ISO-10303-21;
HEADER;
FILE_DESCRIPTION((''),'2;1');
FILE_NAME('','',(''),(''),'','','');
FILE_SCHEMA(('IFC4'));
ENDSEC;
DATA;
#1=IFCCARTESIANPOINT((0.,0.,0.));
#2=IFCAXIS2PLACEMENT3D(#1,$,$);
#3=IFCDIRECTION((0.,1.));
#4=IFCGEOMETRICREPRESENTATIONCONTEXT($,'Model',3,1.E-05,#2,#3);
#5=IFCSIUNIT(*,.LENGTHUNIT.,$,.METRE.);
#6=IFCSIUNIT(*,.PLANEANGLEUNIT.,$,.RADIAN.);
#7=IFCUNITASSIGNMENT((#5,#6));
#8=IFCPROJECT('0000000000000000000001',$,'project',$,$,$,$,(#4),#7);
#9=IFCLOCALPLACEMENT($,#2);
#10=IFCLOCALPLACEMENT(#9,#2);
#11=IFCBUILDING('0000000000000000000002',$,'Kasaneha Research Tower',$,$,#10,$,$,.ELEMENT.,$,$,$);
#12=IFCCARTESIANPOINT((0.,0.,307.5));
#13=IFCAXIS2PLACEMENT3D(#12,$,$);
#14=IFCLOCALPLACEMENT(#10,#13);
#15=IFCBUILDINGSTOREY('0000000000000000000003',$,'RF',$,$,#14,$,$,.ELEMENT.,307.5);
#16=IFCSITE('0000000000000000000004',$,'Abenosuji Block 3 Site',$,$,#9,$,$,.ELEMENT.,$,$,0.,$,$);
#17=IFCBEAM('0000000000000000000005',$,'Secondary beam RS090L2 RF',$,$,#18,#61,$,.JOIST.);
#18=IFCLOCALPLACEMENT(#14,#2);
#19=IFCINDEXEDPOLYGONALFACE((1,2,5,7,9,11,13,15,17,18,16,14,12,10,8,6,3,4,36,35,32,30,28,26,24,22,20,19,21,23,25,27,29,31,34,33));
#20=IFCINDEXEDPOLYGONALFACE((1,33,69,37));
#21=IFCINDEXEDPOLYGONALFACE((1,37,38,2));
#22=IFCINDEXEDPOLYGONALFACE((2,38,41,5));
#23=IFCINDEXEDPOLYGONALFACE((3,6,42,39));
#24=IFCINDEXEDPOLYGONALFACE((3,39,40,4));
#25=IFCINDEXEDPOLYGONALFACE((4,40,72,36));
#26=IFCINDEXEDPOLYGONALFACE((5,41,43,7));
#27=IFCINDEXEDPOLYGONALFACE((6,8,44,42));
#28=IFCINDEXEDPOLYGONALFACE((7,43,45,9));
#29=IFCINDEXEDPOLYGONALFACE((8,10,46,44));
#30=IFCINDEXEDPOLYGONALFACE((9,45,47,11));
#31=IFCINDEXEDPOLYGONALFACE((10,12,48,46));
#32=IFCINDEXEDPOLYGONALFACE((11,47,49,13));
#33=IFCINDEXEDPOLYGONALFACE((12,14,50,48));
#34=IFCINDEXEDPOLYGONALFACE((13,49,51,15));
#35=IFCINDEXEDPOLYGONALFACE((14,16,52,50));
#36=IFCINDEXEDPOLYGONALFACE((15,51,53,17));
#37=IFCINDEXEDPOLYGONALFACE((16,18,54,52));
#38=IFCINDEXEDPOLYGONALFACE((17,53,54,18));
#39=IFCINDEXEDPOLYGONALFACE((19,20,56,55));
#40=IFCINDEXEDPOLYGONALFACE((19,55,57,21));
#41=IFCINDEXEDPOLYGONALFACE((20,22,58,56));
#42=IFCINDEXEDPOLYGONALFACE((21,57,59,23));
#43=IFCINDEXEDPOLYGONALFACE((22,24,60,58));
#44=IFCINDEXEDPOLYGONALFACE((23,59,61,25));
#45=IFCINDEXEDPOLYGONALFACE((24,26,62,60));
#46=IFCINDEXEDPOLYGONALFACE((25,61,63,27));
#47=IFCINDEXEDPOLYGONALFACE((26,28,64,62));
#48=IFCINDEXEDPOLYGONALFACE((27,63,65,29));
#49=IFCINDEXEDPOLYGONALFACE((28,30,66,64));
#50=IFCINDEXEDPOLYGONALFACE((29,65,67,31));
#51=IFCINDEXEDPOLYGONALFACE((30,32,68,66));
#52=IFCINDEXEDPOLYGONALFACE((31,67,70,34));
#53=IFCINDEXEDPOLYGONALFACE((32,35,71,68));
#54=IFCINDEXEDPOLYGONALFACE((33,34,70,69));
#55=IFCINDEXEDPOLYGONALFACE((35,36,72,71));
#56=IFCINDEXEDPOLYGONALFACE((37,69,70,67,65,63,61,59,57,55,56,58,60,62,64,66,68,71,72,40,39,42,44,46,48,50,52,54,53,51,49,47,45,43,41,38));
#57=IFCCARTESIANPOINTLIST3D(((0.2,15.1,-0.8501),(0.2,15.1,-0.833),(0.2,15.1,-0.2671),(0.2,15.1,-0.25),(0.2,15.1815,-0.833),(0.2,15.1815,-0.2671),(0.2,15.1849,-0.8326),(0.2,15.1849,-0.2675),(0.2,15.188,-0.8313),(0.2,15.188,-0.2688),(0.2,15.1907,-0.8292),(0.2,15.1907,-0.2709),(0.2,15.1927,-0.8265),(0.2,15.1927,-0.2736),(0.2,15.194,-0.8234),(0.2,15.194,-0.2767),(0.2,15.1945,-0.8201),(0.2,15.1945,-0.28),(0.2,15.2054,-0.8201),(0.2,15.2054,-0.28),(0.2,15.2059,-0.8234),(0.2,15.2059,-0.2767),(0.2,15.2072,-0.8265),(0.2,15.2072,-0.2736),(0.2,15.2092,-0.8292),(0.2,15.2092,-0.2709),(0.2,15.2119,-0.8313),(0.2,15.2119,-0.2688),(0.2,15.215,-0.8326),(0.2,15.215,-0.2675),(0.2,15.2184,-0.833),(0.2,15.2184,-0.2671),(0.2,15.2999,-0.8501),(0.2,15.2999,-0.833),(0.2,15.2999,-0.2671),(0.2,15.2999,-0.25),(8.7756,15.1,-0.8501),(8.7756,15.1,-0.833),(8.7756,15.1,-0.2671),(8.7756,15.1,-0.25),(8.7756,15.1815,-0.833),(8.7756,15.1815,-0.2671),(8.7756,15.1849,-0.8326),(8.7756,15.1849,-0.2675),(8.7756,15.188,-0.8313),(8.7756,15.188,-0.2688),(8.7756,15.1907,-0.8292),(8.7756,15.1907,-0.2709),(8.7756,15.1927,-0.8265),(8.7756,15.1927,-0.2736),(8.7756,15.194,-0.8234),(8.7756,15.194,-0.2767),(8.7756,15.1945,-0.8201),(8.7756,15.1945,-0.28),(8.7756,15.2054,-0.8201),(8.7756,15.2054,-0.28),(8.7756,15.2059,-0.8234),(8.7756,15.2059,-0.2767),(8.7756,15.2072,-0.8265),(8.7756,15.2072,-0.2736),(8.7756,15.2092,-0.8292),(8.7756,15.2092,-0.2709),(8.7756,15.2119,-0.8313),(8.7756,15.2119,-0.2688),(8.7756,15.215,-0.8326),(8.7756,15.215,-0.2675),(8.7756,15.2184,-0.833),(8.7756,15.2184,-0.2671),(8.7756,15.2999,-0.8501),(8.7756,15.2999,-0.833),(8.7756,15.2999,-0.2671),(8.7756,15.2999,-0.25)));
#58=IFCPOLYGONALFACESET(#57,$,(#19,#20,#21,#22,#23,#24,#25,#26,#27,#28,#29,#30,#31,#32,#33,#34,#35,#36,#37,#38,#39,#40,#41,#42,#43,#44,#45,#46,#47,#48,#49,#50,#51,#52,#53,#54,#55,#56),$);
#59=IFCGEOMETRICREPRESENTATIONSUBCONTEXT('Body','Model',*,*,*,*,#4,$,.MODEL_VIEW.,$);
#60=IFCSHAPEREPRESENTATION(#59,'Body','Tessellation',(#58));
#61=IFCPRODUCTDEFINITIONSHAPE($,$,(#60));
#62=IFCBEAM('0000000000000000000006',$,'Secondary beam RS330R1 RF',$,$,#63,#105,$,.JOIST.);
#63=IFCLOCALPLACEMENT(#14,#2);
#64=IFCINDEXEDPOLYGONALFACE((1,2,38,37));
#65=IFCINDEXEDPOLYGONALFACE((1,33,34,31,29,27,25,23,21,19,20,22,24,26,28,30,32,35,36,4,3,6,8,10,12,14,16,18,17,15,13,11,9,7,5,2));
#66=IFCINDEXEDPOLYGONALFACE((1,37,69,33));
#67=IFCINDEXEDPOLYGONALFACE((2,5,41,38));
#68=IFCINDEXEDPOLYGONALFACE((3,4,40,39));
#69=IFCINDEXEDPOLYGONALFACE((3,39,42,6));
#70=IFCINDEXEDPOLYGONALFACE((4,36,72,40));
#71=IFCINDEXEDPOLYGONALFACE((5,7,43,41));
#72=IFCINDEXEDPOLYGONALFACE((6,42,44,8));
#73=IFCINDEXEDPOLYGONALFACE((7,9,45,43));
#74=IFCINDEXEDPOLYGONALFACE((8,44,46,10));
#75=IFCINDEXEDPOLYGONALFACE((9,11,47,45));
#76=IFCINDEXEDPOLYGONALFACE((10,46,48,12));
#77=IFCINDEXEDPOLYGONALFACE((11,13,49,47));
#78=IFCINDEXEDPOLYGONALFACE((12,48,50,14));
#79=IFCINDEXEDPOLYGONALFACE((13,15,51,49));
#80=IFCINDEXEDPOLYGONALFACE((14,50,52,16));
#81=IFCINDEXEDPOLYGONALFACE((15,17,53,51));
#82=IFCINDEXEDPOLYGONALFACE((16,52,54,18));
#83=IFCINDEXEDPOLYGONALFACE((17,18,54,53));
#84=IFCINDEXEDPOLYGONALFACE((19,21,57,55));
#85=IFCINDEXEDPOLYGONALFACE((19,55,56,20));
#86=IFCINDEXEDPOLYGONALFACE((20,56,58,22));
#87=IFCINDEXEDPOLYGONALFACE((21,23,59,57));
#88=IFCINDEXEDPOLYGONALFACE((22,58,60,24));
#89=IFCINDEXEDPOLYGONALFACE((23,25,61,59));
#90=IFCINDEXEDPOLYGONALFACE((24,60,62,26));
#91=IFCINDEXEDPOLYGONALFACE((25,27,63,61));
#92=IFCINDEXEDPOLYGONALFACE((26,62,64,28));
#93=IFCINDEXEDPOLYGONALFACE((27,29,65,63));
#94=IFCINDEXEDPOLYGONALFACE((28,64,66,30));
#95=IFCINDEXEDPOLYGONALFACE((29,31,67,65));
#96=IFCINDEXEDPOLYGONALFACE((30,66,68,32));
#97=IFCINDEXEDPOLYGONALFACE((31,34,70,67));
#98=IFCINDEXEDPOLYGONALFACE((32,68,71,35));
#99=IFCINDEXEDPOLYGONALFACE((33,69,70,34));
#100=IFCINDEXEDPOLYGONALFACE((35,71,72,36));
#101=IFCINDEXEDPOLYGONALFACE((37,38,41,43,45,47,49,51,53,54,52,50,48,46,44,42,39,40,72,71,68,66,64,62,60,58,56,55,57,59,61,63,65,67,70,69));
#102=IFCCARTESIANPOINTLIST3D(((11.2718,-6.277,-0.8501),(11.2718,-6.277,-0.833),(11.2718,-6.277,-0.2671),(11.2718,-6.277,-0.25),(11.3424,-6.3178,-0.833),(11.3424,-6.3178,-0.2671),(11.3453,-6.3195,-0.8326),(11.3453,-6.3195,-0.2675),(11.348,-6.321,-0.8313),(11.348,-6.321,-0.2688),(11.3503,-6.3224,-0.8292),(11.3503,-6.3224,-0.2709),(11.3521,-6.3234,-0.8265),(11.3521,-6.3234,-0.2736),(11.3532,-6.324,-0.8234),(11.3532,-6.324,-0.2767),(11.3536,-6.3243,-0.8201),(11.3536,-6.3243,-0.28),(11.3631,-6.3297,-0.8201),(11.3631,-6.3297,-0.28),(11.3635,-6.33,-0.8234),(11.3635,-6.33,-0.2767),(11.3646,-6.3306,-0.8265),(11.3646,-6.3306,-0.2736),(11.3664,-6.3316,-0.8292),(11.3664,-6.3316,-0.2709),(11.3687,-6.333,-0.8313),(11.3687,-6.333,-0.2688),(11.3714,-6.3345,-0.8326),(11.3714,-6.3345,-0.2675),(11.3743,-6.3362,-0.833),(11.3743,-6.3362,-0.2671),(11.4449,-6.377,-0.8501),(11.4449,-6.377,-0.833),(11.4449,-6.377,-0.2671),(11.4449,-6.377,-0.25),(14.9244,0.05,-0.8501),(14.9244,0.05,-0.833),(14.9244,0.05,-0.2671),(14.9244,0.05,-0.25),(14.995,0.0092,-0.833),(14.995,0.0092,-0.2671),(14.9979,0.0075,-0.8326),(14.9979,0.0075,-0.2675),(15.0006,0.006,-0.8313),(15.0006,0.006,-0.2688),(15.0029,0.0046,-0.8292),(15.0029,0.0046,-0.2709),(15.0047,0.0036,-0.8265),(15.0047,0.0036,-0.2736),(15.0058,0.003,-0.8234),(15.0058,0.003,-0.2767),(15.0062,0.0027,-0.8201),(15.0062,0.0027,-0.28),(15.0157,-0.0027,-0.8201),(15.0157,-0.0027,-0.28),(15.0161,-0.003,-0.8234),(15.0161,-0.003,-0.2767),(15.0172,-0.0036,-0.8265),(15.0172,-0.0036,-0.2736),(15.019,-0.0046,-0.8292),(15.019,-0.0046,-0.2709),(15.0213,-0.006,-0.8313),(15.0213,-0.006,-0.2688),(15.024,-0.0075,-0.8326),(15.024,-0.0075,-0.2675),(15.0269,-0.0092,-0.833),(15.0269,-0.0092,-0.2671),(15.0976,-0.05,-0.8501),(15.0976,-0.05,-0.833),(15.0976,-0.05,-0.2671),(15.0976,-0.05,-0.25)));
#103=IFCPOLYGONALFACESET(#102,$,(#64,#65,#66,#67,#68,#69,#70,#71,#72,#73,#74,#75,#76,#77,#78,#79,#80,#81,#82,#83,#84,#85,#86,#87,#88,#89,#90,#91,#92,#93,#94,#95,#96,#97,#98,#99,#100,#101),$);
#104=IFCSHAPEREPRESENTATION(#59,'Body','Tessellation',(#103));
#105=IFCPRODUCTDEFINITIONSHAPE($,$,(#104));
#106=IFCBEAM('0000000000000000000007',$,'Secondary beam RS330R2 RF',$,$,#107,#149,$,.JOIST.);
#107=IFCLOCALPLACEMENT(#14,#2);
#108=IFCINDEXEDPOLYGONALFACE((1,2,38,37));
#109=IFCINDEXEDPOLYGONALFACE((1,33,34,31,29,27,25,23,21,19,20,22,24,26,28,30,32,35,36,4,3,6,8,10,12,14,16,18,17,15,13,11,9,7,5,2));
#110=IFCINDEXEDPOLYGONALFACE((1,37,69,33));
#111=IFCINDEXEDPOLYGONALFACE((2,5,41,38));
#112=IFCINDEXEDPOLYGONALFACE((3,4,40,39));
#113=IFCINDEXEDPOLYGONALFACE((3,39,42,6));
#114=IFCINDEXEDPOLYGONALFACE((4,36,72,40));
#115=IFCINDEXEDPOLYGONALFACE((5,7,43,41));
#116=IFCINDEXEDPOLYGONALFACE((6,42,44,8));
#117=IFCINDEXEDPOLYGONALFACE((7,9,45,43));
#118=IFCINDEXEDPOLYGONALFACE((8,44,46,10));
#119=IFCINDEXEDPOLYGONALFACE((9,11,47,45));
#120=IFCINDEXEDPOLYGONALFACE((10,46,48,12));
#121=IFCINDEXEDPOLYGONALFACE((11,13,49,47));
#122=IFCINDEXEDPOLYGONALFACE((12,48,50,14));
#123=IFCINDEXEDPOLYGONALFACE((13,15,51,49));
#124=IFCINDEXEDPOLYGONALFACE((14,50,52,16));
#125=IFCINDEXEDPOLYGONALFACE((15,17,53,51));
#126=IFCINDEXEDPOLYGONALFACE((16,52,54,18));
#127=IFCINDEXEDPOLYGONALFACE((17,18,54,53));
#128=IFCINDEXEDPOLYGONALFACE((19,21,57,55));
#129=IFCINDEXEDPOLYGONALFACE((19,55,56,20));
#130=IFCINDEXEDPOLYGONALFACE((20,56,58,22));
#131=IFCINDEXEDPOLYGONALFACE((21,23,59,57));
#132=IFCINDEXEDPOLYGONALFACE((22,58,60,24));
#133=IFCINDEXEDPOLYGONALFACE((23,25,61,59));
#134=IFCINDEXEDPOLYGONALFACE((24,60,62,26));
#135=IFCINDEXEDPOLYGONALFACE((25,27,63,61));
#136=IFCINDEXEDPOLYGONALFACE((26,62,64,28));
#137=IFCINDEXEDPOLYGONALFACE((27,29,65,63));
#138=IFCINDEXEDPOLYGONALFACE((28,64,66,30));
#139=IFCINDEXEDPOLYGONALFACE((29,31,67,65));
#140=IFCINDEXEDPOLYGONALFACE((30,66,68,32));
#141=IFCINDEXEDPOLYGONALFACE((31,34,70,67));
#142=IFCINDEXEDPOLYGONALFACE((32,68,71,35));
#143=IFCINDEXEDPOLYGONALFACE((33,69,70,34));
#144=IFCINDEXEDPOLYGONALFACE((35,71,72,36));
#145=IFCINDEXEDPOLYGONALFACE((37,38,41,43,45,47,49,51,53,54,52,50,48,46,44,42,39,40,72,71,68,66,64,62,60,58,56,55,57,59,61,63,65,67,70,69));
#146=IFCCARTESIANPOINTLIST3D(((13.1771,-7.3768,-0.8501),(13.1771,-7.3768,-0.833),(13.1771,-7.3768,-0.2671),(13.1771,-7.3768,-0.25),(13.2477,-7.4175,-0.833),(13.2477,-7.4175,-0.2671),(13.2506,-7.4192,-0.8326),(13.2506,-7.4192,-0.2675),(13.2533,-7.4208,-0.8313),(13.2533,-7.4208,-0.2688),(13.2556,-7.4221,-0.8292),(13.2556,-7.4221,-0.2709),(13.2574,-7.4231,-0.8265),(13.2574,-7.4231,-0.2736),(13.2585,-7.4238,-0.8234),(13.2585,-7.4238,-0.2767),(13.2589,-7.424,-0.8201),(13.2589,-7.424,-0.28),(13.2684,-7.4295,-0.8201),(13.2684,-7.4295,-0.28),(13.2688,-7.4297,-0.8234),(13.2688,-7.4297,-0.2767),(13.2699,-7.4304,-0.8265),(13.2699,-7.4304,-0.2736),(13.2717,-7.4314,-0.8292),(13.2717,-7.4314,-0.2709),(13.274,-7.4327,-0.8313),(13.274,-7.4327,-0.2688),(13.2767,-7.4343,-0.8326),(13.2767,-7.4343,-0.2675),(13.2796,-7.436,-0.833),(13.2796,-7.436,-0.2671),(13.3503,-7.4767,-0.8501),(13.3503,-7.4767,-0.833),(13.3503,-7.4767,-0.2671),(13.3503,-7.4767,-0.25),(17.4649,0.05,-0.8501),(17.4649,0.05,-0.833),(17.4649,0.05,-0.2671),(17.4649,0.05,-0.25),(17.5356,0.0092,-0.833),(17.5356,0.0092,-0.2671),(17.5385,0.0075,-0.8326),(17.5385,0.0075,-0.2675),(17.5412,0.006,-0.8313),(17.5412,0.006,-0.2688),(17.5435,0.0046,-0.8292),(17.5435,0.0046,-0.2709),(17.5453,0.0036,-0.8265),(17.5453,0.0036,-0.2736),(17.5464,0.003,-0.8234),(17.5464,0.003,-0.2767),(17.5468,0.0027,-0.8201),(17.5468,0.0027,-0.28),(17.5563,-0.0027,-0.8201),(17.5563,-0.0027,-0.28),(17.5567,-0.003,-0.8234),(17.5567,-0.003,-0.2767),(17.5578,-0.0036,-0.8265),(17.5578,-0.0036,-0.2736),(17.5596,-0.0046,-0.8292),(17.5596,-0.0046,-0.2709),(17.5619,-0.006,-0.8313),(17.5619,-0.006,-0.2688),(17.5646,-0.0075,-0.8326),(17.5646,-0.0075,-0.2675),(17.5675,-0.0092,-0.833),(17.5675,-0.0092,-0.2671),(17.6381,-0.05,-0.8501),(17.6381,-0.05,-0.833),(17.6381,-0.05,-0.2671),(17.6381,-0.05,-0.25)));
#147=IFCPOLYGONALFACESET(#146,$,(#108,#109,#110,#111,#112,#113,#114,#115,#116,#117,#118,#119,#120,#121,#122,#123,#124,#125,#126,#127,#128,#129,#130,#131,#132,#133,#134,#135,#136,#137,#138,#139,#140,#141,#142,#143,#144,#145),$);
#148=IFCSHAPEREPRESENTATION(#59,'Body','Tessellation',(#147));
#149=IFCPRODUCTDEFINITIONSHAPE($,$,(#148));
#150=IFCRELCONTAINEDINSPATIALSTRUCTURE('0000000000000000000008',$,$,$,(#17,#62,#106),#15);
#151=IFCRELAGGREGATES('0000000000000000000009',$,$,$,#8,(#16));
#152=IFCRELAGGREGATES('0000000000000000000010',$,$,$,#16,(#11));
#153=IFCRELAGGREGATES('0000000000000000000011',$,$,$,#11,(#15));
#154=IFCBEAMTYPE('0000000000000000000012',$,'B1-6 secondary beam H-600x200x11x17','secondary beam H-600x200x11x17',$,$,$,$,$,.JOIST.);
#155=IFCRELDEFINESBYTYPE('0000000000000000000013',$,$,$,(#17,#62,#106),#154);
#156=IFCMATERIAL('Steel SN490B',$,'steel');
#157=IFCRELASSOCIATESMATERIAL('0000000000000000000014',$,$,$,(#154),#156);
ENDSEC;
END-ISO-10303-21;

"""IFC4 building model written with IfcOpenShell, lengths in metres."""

from ifc_helpers import new_model, si_unit, direction, frame, origin, origin_2d, place, context, subcontext, project, spatial, i_section, extrude, material, material_profile, profile_set, type_object, element, save


model = new_model("IFC4")

# Units and contexts
model_context = context("Model", 3, precision=1e-05, world=origin(), true_north=direction((0.0, 1.0)))
body_context = subcontext(model_context, "Body", "Model", "MODEL_VIEW")
ifc_project = project(units=[si_unit("LENGTHUNIT", "METRE"), si_unit("PLANEANGLEUNIT", "RADIAN")], contexts=[model_context])

# Site, building, storey
site_placement = place(None, origin())
site = spatial("IfcSite", under=ifc_project, at=site_placement, Name="Abenosuji Block 3 Site", CompositionType="ELEMENT", RefElevation=0.0)
building_placement = place(site_placement, origin())
building = spatial("IfcBuilding", under=site, at=building_placement, Name="Kasaneha Research Tower", CompositionType="ELEMENT")
storey_placement = place(building_placement, frame((0.0, 0.0, 307.5)))
storey = spatial("IfcBuildingStorey", under=building, at=storey_placement, Name="RF", CompositionType="ELEMENT", Elevation=307.5)

# Beams
ifc_material_1 = material(Name="Steel SN490B", Category="steel")
ifc_material_profile_1 = material_profile(ifc_material_1, i_section(OverallWidth=0.2, OverallDepth=0.6001, WebThickness=0.011, FlangeThickness=0.0171, FilletRadius=0.0129, at=origin_2d()), Name="H-600x200x11x17")
ifc_profile_set_1 = profile_set([ifc_material_profile_1], Name="Steel SN490B")
beam_type_1 = type_object("IfcBeamType", Name="B1-6 secondary beam H-600x200x11x17", Description="secondary beam H-600x200x11x17", PredefinedType="JOIST", material=ifc_profile_set_1)
beam_1_placement = place(storey_placement, frame((8.7756, 15.2, -0.55), z_axis=(-1.0, 0.0, 0.0), x_axis=(0.0, -1.0, 0.0)))
element("IfcBeam", 1, at=beam_1_placement, inside=storey, type_object=beam_type_1, Name="Secondary beam RS090L2 RF", PredefinedType="JOIST", context=body_context, shape_type="SweptSolid", body=[
    extrude(i_section(OverallWidth=0.2, OverallDepth=0.6001, WebThickness=0.011, FlangeThickness=0.0171, FilletRadius=0.0129, at=origin_2d()), origin(), (0.0, 0.0, 1.0), 8.5757),
])
beam_2_placement = place(storey_placement, frame((15.011, 0.0, -0.55), z_axis=(-0.499974, -0.86604, 0.0), x_axis=(0.86604, -0.499974, 0.0)))
element("IfcBeam", 2, at=beam_2_placement, inside=storey, type_object=beam_type_1, Name="Secondary beam RS330R1 RF", PredefinedType="JOIST", context=body_context, shape_type="SweptSolid", body=[
    extrude(i_section(OverallWidth=0.2, OverallDepth=0.6001, WebThickness=0.011, FlangeThickness=0.0171, FilletRadius=0.0129, at=origin_2d()), origin(), (0.0, 0.0, 1.0), 7.3057),
])
beam_3_placement = place(storey_placement, frame((17.5515, 0.0, -0.55), z_axis=(-0.5, -0.866025, 0.0), x_axis=(0.866025, -0.5, 0.0)))
element("IfcBeam", 3, at=beam_3_placement, inside=storey, type_object=beam_type_1, Name="Secondary beam RS330R2 RF", PredefinedType="JOIST", context=body_context, shape_type="SweptSolid", body=[
    extrude(i_section(OverallWidth=0.2, OverallDepth=0.6001, WebThickness=0.011, FlangeThickness=0.0171, FilletRadius=0.0129, at=origin_2d()), origin(), (0.0, 0.0, 1.0), 8.5757),
])

save(model, "model.ifc")
